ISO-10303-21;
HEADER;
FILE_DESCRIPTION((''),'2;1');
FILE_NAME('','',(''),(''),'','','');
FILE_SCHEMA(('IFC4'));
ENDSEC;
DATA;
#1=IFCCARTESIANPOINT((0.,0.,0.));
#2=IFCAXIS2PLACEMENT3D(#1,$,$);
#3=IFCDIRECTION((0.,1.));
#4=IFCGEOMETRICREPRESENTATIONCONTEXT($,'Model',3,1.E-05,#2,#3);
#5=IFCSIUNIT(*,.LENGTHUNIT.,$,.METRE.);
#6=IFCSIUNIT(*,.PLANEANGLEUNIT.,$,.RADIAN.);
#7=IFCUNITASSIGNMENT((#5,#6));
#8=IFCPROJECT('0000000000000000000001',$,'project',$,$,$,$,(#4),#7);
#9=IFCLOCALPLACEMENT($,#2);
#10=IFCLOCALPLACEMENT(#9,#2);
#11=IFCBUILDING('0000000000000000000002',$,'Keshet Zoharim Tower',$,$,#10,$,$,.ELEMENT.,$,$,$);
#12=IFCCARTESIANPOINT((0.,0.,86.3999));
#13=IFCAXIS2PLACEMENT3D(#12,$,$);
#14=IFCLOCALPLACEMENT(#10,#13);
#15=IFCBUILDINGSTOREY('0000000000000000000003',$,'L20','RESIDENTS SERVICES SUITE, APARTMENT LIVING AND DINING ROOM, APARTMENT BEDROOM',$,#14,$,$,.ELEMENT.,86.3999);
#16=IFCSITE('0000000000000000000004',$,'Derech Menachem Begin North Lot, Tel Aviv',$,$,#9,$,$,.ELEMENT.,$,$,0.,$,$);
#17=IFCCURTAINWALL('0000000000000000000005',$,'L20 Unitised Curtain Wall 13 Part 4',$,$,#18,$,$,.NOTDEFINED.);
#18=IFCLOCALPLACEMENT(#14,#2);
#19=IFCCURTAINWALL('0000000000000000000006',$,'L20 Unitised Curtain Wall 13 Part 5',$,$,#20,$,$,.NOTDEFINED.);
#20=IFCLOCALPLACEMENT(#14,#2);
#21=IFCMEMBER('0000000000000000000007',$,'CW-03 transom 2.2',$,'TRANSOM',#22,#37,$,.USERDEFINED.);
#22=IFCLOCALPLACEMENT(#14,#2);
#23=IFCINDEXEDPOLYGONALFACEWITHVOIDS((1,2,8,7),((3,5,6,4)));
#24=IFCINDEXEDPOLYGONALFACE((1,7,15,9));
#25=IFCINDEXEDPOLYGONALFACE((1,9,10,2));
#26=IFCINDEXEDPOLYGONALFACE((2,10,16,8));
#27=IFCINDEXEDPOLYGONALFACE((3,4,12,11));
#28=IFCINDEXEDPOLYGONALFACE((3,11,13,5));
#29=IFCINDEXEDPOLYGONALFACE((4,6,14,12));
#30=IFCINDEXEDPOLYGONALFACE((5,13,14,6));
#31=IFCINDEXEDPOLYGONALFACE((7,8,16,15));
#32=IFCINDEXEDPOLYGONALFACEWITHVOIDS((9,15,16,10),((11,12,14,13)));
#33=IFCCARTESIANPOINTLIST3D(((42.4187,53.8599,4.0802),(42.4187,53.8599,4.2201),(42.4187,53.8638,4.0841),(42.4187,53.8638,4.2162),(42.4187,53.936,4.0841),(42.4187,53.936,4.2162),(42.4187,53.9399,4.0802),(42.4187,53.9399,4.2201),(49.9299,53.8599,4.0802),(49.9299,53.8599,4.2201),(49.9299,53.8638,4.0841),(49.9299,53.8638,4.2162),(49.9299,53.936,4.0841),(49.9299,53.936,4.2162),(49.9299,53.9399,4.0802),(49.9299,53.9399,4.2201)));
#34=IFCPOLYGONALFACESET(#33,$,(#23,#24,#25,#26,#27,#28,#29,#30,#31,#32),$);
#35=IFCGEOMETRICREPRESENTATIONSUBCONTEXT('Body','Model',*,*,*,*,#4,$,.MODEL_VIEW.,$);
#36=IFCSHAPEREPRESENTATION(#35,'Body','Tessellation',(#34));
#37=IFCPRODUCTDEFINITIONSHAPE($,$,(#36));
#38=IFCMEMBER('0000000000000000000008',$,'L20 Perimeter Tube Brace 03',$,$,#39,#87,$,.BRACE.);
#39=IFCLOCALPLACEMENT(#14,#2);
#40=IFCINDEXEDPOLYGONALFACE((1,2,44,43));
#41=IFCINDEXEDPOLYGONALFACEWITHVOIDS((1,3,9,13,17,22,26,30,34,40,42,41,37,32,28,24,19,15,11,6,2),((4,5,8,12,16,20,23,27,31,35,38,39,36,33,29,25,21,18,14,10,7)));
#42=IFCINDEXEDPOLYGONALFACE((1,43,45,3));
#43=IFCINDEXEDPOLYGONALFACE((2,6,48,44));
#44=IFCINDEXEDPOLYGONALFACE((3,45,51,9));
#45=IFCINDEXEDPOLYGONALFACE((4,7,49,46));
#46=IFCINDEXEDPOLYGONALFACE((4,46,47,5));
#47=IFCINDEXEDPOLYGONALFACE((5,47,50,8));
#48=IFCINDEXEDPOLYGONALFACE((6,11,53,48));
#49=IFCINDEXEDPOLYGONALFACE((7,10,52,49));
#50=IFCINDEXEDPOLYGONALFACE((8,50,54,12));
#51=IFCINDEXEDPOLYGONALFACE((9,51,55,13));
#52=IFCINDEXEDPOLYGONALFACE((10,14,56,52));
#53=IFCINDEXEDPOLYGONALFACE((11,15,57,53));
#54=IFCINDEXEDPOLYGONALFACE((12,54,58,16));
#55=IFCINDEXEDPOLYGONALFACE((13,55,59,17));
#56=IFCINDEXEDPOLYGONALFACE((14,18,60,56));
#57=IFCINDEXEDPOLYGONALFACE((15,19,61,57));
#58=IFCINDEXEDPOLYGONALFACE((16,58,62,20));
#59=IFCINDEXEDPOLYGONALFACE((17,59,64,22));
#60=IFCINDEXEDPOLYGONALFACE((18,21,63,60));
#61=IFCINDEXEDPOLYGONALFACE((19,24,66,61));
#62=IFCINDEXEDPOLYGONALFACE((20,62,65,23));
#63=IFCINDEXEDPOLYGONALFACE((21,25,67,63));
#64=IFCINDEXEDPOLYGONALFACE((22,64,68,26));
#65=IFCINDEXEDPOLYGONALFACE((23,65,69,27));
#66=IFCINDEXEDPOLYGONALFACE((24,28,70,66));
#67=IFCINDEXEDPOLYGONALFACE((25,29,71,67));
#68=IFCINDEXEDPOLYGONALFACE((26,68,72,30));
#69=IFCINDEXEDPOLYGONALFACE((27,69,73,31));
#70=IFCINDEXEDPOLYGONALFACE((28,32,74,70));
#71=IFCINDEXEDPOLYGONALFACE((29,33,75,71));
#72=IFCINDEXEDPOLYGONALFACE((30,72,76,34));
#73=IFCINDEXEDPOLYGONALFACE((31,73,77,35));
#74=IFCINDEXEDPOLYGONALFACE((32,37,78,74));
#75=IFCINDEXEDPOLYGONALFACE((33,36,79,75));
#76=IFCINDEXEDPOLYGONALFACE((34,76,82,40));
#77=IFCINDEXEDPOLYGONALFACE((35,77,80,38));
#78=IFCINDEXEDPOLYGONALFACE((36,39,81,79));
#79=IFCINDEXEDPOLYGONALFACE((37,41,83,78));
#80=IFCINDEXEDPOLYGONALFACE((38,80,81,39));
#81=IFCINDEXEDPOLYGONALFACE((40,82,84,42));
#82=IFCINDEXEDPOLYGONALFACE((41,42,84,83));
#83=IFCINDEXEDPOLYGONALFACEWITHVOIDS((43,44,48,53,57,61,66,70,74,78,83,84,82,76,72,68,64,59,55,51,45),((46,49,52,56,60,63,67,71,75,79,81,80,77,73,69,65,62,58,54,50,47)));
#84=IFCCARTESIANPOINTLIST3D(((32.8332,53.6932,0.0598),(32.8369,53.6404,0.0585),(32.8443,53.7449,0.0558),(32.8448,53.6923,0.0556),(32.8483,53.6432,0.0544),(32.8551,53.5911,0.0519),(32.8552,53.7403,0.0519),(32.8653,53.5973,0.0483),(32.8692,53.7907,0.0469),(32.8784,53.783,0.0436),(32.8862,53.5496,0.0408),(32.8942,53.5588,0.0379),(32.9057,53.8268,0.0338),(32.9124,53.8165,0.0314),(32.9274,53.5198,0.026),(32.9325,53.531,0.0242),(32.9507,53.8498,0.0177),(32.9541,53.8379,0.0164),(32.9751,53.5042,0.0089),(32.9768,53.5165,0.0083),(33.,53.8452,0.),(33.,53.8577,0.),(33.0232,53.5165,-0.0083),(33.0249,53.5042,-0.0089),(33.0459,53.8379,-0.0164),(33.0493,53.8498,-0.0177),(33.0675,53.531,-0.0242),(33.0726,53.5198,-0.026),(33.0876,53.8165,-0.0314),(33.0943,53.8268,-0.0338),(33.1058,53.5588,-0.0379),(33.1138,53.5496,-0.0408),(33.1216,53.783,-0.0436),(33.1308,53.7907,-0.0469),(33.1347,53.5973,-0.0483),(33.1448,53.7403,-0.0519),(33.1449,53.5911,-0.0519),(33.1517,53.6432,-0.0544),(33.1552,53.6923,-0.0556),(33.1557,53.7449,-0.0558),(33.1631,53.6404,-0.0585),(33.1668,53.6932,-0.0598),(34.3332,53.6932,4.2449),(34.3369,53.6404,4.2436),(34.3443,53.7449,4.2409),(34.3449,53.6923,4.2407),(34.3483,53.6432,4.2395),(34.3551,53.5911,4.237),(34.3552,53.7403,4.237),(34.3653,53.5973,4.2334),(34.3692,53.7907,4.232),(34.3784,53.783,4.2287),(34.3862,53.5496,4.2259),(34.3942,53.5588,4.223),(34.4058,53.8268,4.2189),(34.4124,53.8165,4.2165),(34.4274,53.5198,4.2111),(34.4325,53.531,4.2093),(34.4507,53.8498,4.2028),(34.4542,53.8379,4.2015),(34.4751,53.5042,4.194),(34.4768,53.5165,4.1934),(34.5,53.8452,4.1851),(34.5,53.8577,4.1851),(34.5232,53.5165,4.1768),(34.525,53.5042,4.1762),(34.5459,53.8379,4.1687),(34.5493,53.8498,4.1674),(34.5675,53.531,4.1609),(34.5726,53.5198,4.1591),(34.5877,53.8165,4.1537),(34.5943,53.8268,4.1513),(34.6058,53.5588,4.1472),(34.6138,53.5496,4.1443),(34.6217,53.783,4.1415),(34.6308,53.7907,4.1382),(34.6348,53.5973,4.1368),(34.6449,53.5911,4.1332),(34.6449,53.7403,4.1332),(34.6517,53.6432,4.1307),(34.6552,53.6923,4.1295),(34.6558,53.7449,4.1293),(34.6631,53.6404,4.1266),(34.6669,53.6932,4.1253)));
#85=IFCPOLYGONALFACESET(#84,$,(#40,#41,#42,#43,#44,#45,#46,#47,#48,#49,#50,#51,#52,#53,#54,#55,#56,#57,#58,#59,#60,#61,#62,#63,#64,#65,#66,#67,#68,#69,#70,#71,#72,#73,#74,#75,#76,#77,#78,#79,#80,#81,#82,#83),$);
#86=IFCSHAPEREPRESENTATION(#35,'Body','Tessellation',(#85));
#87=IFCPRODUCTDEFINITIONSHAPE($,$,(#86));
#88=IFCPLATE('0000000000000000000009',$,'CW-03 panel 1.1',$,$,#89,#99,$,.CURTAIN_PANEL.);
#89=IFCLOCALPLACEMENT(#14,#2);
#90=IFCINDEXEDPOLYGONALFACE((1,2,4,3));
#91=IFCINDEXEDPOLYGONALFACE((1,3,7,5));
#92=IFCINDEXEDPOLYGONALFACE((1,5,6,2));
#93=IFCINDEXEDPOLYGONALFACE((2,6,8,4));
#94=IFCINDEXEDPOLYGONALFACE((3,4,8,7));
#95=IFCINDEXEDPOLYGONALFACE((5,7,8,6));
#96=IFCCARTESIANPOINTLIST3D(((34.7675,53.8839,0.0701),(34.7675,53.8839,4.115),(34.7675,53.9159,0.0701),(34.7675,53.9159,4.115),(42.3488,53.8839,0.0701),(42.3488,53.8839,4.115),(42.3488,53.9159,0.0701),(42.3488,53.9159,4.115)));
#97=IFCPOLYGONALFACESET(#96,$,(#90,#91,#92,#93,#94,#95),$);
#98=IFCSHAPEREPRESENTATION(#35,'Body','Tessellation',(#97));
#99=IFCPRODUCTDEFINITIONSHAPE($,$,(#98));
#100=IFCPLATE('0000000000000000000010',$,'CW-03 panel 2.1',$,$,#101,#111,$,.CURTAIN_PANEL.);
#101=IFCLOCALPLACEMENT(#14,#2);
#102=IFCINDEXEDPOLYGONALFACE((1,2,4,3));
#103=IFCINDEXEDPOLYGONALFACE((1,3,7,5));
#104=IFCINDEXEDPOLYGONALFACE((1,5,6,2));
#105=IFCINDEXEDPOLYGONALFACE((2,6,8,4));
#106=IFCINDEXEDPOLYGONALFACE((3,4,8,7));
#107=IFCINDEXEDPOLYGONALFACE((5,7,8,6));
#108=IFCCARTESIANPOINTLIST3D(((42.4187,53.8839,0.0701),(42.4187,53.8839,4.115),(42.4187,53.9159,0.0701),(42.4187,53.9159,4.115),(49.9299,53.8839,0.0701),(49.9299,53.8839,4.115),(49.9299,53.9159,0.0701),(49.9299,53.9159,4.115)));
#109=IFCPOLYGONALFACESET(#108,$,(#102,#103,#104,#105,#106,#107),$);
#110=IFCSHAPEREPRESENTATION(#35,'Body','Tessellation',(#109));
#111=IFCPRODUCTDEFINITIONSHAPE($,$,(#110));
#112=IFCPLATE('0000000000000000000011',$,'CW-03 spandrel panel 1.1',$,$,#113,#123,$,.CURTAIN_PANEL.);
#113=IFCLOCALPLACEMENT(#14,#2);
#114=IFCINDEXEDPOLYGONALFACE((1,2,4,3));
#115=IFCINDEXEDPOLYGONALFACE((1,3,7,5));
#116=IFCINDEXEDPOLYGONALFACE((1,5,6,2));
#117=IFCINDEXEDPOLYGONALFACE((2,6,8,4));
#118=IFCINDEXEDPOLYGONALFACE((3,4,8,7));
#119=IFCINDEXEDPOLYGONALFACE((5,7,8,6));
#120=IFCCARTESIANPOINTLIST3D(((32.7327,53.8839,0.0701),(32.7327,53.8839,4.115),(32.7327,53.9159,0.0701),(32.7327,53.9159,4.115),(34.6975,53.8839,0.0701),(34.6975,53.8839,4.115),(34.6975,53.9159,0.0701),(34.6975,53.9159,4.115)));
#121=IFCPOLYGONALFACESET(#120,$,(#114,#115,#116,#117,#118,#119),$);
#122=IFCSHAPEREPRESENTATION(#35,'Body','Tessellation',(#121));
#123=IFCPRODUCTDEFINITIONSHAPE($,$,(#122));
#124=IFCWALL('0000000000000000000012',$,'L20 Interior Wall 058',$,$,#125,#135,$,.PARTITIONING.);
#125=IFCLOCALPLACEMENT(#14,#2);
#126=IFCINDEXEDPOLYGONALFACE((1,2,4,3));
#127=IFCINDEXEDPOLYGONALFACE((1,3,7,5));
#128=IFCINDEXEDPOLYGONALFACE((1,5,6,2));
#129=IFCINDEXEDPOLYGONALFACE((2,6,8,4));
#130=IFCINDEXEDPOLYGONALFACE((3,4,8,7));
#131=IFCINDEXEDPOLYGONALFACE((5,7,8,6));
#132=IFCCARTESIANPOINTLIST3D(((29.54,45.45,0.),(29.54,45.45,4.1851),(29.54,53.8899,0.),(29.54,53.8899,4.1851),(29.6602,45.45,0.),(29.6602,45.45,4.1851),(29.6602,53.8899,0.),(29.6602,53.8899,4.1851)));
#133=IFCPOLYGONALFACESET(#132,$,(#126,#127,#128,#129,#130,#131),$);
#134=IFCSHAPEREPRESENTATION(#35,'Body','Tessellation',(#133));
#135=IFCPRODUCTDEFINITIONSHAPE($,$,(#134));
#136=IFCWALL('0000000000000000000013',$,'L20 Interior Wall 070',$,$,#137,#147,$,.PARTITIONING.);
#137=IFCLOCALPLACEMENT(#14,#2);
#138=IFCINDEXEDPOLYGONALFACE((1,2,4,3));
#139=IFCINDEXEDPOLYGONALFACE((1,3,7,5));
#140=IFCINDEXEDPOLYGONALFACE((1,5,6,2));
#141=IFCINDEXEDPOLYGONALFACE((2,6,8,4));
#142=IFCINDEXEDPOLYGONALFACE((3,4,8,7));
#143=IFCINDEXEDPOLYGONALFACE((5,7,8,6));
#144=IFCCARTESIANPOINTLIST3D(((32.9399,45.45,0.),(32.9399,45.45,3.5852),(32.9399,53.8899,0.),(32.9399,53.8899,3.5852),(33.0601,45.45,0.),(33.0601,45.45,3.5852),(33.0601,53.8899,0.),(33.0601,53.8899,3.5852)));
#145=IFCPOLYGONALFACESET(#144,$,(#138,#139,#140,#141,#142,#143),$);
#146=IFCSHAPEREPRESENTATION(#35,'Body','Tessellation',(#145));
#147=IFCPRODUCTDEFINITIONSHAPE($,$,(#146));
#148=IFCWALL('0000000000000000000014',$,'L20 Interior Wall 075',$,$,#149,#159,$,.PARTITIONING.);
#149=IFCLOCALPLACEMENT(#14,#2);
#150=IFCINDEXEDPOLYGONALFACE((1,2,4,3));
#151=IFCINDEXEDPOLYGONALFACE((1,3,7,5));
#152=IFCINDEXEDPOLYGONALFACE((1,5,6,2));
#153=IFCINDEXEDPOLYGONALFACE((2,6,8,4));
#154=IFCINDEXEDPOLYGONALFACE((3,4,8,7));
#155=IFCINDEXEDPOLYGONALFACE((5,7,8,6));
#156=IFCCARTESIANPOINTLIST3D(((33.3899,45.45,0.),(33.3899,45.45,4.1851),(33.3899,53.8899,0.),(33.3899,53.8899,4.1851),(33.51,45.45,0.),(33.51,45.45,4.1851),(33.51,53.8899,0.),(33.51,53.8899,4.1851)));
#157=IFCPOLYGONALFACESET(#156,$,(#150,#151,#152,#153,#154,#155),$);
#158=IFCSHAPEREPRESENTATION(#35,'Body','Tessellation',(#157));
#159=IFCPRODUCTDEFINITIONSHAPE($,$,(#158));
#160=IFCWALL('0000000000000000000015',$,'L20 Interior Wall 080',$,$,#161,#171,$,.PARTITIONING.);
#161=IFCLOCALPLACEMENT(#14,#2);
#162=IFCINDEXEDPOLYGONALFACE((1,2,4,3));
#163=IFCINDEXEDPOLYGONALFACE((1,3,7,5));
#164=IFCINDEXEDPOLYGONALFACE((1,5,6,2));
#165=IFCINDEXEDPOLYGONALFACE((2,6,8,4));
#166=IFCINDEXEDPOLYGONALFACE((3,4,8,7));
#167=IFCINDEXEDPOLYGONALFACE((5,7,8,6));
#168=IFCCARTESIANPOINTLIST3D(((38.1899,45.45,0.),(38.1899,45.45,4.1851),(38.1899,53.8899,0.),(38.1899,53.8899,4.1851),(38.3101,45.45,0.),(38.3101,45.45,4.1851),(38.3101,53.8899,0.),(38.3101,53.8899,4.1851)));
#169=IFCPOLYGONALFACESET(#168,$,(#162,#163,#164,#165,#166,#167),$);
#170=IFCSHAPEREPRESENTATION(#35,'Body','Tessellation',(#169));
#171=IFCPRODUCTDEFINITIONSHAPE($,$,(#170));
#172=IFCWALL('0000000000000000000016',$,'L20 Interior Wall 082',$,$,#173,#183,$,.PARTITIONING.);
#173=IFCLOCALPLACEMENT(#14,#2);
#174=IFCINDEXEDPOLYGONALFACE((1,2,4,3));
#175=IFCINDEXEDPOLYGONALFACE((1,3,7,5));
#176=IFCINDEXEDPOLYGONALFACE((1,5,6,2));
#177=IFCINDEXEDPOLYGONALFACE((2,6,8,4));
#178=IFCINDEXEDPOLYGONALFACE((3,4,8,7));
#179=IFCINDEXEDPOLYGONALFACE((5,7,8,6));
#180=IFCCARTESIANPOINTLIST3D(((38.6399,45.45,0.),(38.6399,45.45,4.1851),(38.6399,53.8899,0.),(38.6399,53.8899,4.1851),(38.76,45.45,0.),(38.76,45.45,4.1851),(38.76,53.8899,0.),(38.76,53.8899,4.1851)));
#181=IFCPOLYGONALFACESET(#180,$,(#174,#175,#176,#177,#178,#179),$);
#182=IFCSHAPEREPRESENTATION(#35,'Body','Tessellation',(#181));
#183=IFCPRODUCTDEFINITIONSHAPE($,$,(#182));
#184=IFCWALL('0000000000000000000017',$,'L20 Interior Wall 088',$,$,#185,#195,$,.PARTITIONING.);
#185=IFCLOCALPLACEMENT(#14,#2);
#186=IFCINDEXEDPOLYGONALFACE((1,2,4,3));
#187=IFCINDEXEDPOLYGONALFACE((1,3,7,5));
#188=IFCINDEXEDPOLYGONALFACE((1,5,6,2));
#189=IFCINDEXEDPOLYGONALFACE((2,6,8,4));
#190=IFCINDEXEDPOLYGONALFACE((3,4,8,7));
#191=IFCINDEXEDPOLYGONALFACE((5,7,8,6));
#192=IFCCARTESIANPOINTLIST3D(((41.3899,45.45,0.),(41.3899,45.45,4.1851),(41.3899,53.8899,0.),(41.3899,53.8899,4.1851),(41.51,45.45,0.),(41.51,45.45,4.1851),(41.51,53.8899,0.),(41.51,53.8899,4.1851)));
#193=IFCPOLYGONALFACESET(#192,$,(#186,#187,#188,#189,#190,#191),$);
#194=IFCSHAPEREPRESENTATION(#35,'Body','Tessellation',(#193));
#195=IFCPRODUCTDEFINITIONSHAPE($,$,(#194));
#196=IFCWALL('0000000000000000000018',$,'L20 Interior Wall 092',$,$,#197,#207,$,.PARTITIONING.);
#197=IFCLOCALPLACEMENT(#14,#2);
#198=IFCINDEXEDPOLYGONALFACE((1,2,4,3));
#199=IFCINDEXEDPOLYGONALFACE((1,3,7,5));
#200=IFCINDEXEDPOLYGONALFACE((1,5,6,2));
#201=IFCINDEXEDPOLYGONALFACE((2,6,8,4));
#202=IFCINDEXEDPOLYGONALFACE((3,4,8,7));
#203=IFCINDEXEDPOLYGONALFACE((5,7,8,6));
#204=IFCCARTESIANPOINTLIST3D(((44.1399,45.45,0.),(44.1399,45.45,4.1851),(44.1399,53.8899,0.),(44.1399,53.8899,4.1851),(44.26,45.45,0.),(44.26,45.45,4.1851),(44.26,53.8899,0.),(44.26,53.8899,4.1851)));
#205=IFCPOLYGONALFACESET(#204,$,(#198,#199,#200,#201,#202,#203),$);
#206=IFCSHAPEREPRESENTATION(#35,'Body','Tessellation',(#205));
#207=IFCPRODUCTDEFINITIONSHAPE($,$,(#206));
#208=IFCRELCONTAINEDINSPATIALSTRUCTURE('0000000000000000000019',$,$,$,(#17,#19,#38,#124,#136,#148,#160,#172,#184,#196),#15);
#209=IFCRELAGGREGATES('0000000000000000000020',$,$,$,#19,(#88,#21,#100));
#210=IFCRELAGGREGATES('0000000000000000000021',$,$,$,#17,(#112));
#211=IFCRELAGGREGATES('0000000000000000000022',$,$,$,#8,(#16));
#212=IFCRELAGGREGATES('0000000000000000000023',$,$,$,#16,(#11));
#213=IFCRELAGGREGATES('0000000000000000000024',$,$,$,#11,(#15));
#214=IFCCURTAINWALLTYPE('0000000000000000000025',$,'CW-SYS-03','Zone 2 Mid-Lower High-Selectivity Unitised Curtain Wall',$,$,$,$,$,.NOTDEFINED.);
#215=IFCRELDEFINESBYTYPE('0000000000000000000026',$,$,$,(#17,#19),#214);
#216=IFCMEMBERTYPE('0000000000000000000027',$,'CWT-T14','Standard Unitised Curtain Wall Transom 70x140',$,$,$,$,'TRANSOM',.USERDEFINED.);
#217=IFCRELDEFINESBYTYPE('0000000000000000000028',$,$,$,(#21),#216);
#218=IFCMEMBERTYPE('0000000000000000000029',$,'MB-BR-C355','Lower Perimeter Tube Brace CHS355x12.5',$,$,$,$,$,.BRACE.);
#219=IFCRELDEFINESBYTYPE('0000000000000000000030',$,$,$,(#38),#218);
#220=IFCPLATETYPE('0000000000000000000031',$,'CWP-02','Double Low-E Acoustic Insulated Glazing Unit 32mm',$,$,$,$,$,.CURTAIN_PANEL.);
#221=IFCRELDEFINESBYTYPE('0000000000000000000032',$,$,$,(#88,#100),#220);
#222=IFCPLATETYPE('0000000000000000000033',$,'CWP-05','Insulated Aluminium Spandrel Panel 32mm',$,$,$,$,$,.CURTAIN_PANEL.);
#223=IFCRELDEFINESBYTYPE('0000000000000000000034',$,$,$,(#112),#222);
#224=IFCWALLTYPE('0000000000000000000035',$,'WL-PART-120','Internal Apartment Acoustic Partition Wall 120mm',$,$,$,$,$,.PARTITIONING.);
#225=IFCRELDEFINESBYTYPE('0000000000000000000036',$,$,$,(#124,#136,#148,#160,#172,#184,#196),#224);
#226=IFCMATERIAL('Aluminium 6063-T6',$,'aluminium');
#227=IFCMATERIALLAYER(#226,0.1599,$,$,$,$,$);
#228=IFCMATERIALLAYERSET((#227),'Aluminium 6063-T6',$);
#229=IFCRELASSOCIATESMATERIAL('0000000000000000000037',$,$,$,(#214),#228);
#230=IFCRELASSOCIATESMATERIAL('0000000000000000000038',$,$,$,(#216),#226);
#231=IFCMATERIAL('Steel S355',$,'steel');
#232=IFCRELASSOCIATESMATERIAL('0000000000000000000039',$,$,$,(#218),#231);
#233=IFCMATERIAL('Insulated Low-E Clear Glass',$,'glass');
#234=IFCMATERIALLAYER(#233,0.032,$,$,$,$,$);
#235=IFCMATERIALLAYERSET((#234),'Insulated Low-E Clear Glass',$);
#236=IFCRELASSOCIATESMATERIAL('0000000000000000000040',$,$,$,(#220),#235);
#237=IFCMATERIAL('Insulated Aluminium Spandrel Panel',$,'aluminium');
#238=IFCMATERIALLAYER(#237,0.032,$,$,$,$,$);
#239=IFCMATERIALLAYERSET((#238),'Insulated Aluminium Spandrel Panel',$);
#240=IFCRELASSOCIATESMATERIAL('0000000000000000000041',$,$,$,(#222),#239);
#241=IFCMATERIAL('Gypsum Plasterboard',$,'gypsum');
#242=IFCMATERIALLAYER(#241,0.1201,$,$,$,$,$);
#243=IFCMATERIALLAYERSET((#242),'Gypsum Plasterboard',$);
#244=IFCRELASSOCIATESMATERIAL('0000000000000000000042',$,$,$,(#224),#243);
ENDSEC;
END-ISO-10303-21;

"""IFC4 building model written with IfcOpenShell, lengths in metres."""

from ifc_helpers import new_model, si_unit, direction, frame, frame_2d, origin, origin_2d, place, context, subcontext, project, spatial, rectangle, hollow_rectangle, hollow_circle, extrude, material, layer, layer_set, material_profile, profile_set, type_object, element, aggregate, save


model = new_model("IFC4")

# Units and contexts
model_context = context("Model", 3, precision=1e-05, world=origin(), true_north=direction((0.0, 1.0)))
body_context = subcontext(model_context, "Body", "Model", "MODEL_VIEW")
ifc_project = project(units=[si_unit("LENGTHUNIT", "METRE"), si_unit("PLANEANGLEUNIT", "RADIAN")], contexts=[model_context])

# Site, building, storey
site_placement = place(None, origin())
site = spatial("IfcSite", under=ifc_project, at=site_placement, Name="Derech Menachem Begin North Lot, Tel Aviv", CompositionType="ELEMENT", RefElevation=0.0)
building_placement = place(site_placement, origin())
building = spatial("IfcBuilding", under=site, at=building_placement, Name="Keshet Zoharim Tower", CompositionType="ELEMENT")
storey_placement = place(building_placement, frame((0.0, 0.0, 86.3999)))
storey = spatial("IfcBuildingStorey", under=building, at=storey_placement, Name="L20", Description="RESIDENTS SERVICES SUITE, APARTMENT LIVING AND DINING ROOM, APARTMENT BEDROOM", CompositionType="ELEMENT", Elevation=86.3999)

# Shared definitions
ifc_material_1 = material(Name="Steel S355", Category="steel")

# Curtain walls
ifc_material_2 = material(Name="Aluminium 6063-T6", Category="aluminium")
ifc_layer_1 = layer(ifc_material_2, 0.1599)
ifc_layer_set_1 = layer_set([ifc_layer_1], Name="Aluminium 6063-T6")
curtain_wall_type = type_object("IfcCurtainWallType", Name="CW-SYS-03", Description="Zone 2 Mid-Lower High-Selectivity Unitised Curtain Wall", PredefinedType="NOTDEFINED", material=ifc_layer_set_1)
curtain_wall_1_placement = place(storey_placement, origin())
curtain_wall_1 = element("IfcCurtainWall", 1, at=curtain_wall_1_placement, inside=storey, type_object=curtain_wall_type, Name="L20 Unitised Curtain Wall 13 Part 4", PredefinedType="NOTDEFINED")
curtain_wall_2_placement = place(storey_placement, origin())
curtain_wall_2 = element("IfcCurtainWall", 2, at=curtain_wall_2_placement, inside=storey, type_object=curtain_wall_type, Name="L20 Unitised Curtain Wall 13 Part 5", PredefinedType="NOTDEFINED")

# Members
ifc_material_profile_1 = material_profile(ifc_material_2, hollow_rectangle(XDim=0.0801, YDim=0.1399, WallThickness=0.0039, at=origin_2d()), Name="TRN-80x140")
ifc_profile_set_1 = profile_set([ifc_material_profile_1], Name="Aluminium 6063-T6")
member_type_1 = type_object("IfcMemberType", Name="CWT-T14", Description="Standard Unitised Curtain Wall Transom 70x140", ElementType="TRANSOM", PredefinedType="USERDEFINED", material=ifc_profile_set_1)
member_1_placement = place(storey_placement, frame((42.4187, 53.8999, 4.1501), z_axis=(1.0, 0.0, 0.0), x_axis=(0.0, 1.0, 0.0)))
member_1 = element("IfcMember", 3, at=member_1_placement, type_object=member_type_1, Name="CW-03 transom 2.2", ObjectType="TRANSOM", PredefinedType="USERDEFINED", context=body_context, shape_type="SweptSolid", body=[
    extrude(hollow_rectangle(XDim=0.0801, YDim=0.1399, WallThickness=0.0039, at=origin_2d()), origin(), (0.0, 0.0, 1.0), 7.5112),
])
ifc_material_profile_2 = material_profile(ifc_material_1, hollow_circle(Radius=0.1777, WallThickness=0.0125, at=origin_2d()), Name="CHS355x12.5")
ifc_profile_set_2 = profile_set([ifc_material_profile_2], Name="Steel S355")
member_type_2 = type_object("IfcMemberType", Name="MB-BR-C355", Description="Lower Perimeter Tube Brace CHS355x12.5", PredefinedType="BRACE", material=ifc_profile_set_2)
member_2_placement = place(storey_placement, frame((33.0, 53.6799, 0.0), z_axis=(0.337401, 0.0, 0.941361), x_axis=(0.0, 1.0, 0.0)))
element("IfcMember", 4, at=member_2_placement, inside=storey, type_object=member_type_2, Name="L20 Perimeter Tube Brace 03", PredefinedType="BRACE", context=body_context, shape_type="SweptSolid", body=[
    extrude(hollow_circle(Radius=0.1777, WallThickness=0.0125, at=origin_2d()), origin(), (0.0, 0.0, 1.0), 4.4458),
])

# Plates
ifc_material_3 = material(Name="Insulated Low-E Clear Glass", Category="glass")
ifc_layer_2 = layer(ifc_material_3, 0.032)
ifc_layer_set_2 = layer_set([ifc_layer_2], Name="Insulated Low-E Clear Glass")
plate_type_1 = type_object("IfcPlateType", Name="CWP-02", Description="Double Low-E Acoustic Insulated Glazing Unit 32mm", PredefinedType="CURTAIN_PANEL", material=ifc_layer_set_2)
plate_1_placement = place(storey_placement, frame((38.5581, 53.8999, 0.0701), z_axis=(0.0, 0.0, 1.0), x_axis=(1.0, 0.0, 0.0)))
plate_1 = element("IfcPlate", 5, at=plate_1_placement, type_object=plate_type_1, Name="CW-03 panel 1.1", PredefinedType="CURTAIN_PANEL", context=body_context, shape_type="SweptSolid", body=[
    extrude(rectangle(XDim=7.5813, YDim=0.032, at=origin_2d()), origin(), (0.0, 0.0, 1.0), 4.0449),
])
plate_2_placement = place(storey_placement, frame((46.1743, 53.8999, 0.0701), z_axis=(0.0, 0.0, 1.0), x_axis=(1.0, 0.0, 0.0)))
plate_2 = element("IfcPlate", 6, at=plate_2_placement, type_object=plate_type_1, Name="CW-03 panel 2.1", PredefinedType="CURTAIN_PANEL", context=body_context, shape_type="SweptSolid", body=[
    extrude(rectangle(XDim=7.5112, YDim=0.032, at=origin_2d()), origin(), (0.0, 0.0, 1.0), 4.0449),
])
aggregate(curtain_wall_2, [plate_1, member_1, plate_2])
ifc_material_4 = material(Name="Insulated Aluminium Spandrel Panel", Category="aluminium")
ifc_layer_3 = layer(ifc_material_4, 0.032)
ifc_layer_set_3 = layer_set([ifc_layer_3], Name="Insulated Aluminium Spandrel Panel")
plate_type_2 = type_object("IfcPlateType", Name="CWP-05", Description="Insulated Aluminium Spandrel Panel 32mm", PredefinedType="CURTAIN_PANEL", material=ifc_layer_set_3)
plate_3_placement = place(storey_placement, frame((33.7151, 53.8999, 0.0701), z_axis=(0.0, 0.0, 1.0), x_axis=(1.0, 0.0, 0.0)))
plate_3 = element("IfcPlate", 7, at=plate_3_placement, type_object=plate_type_2, Name="CW-03 spandrel panel 1.1", PredefinedType="CURTAIN_PANEL", context=body_context, shape_type="SweptSolid", body=[
    extrude(rectangle(XDim=1.9648, YDim=0.032, at=origin_2d()), origin(), (0.0, 0.0, 1.0), 4.0449),
])
aggregate(curtain_wall_1, [plate_3])

# Walls
ifc_material_5 = material(Name="Gypsum Plasterboard", Category="gypsum")
ifc_layer_4 = layer(ifc_material_5, 0.1201)
ifc_layer_set_4 = layer_set([ifc_layer_4], Name="Gypsum Plasterboard")
wall_type = type_object("IfcWallType", Name="WL-PART-120", Description="Internal Apartment Acoustic Partition Wall 120mm", PredefinedType="PARTITIONING", material=ifc_layer_set_4)
wall_1_placement = place(storey_placement, frame((29.6001, 45.45, 0.0), z_axis=(0.0, 0.0, 1.0), x_axis=(0.0, 1.0, 0.0)))
element("IfcWall", 8, at=wall_1_placement, inside=storey, type_object=wall_type, Name="L20 Interior Wall 058", PredefinedType="PARTITIONING", context=body_context, shape_type="SweptSolid", body=[
    extrude(rectangle(XDim=8.4399, YDim=0.1201, at=frame_2d((4.22, 0.0))), origin(), (0.0, 0.0, 1.0), 4.1851),
])
wall_2_placement = place(storey_placement, frame((33.0, 45.45, 0.0), z_axis=(0.0, 0.0, 1.0), x_axis=(0.0, 1.0, 0.0)))
element("IfcWall", 9, at=wall_2_placement, inside=storey, type_object=wall_type, Name="L20 Interior Wall 070", PredefinedType="PARTITIONING", context=body_context, shape_type="SweptSolid", body=[
    extrude(rectangle(XDim=8.4399, YDim=0.1201, at=frame_2d((4.22, 0.0))), origin(), (0.0, 0.0, 1.0), 3.5852),
])
for number, where, z_axis, x_axis, name in (
    (10, (33.45, 45.45, 0.0), (0.0, 0.0, 1.0), (0.0, 1.0, 0.0), "L20 Interior Wall 075"),
    (11, (38.25, 45.45, 0.0), (0.0, 0.0, 1.0), (0.0, 1.0, 0.0), "L20 Interior Wall 080"),
    (12, (38.7, 45.45, 0.0), (0.0, 0.0, 1.0), (0.0, 1.0, 0.0), "L20 Interior Wall 082"),
    (13, (41.45, 45.45, 0.0), (0.0, 0.0, 1.0), (0.0, 1.0, 0.0), "L20 Interior Wall 088"),
    (14, (44.2, 45.45, 0.0), (0.0, 0.0, 1.0), (0.0, 1.0, 0.0), "L20 Interior Wall 092"),
):
    element("IfcWall", number, at=place(storey_placement, frame(where, z_axis=z_axis, x_axis=x_axis)), inside=storey, type_object=wall_type, Name=name, PredefinedType="PARTITIONING", context=body_context, shape_type="SweptSolid", body=[
        extrude(rectangle(XDim=8.4399, YDim=0.1201, at=frame_2d((4.22, 0.0))), origin(), (0.0, 0.0, 1.0), 4.1851),
    ])

save(model, "model.ifc")
